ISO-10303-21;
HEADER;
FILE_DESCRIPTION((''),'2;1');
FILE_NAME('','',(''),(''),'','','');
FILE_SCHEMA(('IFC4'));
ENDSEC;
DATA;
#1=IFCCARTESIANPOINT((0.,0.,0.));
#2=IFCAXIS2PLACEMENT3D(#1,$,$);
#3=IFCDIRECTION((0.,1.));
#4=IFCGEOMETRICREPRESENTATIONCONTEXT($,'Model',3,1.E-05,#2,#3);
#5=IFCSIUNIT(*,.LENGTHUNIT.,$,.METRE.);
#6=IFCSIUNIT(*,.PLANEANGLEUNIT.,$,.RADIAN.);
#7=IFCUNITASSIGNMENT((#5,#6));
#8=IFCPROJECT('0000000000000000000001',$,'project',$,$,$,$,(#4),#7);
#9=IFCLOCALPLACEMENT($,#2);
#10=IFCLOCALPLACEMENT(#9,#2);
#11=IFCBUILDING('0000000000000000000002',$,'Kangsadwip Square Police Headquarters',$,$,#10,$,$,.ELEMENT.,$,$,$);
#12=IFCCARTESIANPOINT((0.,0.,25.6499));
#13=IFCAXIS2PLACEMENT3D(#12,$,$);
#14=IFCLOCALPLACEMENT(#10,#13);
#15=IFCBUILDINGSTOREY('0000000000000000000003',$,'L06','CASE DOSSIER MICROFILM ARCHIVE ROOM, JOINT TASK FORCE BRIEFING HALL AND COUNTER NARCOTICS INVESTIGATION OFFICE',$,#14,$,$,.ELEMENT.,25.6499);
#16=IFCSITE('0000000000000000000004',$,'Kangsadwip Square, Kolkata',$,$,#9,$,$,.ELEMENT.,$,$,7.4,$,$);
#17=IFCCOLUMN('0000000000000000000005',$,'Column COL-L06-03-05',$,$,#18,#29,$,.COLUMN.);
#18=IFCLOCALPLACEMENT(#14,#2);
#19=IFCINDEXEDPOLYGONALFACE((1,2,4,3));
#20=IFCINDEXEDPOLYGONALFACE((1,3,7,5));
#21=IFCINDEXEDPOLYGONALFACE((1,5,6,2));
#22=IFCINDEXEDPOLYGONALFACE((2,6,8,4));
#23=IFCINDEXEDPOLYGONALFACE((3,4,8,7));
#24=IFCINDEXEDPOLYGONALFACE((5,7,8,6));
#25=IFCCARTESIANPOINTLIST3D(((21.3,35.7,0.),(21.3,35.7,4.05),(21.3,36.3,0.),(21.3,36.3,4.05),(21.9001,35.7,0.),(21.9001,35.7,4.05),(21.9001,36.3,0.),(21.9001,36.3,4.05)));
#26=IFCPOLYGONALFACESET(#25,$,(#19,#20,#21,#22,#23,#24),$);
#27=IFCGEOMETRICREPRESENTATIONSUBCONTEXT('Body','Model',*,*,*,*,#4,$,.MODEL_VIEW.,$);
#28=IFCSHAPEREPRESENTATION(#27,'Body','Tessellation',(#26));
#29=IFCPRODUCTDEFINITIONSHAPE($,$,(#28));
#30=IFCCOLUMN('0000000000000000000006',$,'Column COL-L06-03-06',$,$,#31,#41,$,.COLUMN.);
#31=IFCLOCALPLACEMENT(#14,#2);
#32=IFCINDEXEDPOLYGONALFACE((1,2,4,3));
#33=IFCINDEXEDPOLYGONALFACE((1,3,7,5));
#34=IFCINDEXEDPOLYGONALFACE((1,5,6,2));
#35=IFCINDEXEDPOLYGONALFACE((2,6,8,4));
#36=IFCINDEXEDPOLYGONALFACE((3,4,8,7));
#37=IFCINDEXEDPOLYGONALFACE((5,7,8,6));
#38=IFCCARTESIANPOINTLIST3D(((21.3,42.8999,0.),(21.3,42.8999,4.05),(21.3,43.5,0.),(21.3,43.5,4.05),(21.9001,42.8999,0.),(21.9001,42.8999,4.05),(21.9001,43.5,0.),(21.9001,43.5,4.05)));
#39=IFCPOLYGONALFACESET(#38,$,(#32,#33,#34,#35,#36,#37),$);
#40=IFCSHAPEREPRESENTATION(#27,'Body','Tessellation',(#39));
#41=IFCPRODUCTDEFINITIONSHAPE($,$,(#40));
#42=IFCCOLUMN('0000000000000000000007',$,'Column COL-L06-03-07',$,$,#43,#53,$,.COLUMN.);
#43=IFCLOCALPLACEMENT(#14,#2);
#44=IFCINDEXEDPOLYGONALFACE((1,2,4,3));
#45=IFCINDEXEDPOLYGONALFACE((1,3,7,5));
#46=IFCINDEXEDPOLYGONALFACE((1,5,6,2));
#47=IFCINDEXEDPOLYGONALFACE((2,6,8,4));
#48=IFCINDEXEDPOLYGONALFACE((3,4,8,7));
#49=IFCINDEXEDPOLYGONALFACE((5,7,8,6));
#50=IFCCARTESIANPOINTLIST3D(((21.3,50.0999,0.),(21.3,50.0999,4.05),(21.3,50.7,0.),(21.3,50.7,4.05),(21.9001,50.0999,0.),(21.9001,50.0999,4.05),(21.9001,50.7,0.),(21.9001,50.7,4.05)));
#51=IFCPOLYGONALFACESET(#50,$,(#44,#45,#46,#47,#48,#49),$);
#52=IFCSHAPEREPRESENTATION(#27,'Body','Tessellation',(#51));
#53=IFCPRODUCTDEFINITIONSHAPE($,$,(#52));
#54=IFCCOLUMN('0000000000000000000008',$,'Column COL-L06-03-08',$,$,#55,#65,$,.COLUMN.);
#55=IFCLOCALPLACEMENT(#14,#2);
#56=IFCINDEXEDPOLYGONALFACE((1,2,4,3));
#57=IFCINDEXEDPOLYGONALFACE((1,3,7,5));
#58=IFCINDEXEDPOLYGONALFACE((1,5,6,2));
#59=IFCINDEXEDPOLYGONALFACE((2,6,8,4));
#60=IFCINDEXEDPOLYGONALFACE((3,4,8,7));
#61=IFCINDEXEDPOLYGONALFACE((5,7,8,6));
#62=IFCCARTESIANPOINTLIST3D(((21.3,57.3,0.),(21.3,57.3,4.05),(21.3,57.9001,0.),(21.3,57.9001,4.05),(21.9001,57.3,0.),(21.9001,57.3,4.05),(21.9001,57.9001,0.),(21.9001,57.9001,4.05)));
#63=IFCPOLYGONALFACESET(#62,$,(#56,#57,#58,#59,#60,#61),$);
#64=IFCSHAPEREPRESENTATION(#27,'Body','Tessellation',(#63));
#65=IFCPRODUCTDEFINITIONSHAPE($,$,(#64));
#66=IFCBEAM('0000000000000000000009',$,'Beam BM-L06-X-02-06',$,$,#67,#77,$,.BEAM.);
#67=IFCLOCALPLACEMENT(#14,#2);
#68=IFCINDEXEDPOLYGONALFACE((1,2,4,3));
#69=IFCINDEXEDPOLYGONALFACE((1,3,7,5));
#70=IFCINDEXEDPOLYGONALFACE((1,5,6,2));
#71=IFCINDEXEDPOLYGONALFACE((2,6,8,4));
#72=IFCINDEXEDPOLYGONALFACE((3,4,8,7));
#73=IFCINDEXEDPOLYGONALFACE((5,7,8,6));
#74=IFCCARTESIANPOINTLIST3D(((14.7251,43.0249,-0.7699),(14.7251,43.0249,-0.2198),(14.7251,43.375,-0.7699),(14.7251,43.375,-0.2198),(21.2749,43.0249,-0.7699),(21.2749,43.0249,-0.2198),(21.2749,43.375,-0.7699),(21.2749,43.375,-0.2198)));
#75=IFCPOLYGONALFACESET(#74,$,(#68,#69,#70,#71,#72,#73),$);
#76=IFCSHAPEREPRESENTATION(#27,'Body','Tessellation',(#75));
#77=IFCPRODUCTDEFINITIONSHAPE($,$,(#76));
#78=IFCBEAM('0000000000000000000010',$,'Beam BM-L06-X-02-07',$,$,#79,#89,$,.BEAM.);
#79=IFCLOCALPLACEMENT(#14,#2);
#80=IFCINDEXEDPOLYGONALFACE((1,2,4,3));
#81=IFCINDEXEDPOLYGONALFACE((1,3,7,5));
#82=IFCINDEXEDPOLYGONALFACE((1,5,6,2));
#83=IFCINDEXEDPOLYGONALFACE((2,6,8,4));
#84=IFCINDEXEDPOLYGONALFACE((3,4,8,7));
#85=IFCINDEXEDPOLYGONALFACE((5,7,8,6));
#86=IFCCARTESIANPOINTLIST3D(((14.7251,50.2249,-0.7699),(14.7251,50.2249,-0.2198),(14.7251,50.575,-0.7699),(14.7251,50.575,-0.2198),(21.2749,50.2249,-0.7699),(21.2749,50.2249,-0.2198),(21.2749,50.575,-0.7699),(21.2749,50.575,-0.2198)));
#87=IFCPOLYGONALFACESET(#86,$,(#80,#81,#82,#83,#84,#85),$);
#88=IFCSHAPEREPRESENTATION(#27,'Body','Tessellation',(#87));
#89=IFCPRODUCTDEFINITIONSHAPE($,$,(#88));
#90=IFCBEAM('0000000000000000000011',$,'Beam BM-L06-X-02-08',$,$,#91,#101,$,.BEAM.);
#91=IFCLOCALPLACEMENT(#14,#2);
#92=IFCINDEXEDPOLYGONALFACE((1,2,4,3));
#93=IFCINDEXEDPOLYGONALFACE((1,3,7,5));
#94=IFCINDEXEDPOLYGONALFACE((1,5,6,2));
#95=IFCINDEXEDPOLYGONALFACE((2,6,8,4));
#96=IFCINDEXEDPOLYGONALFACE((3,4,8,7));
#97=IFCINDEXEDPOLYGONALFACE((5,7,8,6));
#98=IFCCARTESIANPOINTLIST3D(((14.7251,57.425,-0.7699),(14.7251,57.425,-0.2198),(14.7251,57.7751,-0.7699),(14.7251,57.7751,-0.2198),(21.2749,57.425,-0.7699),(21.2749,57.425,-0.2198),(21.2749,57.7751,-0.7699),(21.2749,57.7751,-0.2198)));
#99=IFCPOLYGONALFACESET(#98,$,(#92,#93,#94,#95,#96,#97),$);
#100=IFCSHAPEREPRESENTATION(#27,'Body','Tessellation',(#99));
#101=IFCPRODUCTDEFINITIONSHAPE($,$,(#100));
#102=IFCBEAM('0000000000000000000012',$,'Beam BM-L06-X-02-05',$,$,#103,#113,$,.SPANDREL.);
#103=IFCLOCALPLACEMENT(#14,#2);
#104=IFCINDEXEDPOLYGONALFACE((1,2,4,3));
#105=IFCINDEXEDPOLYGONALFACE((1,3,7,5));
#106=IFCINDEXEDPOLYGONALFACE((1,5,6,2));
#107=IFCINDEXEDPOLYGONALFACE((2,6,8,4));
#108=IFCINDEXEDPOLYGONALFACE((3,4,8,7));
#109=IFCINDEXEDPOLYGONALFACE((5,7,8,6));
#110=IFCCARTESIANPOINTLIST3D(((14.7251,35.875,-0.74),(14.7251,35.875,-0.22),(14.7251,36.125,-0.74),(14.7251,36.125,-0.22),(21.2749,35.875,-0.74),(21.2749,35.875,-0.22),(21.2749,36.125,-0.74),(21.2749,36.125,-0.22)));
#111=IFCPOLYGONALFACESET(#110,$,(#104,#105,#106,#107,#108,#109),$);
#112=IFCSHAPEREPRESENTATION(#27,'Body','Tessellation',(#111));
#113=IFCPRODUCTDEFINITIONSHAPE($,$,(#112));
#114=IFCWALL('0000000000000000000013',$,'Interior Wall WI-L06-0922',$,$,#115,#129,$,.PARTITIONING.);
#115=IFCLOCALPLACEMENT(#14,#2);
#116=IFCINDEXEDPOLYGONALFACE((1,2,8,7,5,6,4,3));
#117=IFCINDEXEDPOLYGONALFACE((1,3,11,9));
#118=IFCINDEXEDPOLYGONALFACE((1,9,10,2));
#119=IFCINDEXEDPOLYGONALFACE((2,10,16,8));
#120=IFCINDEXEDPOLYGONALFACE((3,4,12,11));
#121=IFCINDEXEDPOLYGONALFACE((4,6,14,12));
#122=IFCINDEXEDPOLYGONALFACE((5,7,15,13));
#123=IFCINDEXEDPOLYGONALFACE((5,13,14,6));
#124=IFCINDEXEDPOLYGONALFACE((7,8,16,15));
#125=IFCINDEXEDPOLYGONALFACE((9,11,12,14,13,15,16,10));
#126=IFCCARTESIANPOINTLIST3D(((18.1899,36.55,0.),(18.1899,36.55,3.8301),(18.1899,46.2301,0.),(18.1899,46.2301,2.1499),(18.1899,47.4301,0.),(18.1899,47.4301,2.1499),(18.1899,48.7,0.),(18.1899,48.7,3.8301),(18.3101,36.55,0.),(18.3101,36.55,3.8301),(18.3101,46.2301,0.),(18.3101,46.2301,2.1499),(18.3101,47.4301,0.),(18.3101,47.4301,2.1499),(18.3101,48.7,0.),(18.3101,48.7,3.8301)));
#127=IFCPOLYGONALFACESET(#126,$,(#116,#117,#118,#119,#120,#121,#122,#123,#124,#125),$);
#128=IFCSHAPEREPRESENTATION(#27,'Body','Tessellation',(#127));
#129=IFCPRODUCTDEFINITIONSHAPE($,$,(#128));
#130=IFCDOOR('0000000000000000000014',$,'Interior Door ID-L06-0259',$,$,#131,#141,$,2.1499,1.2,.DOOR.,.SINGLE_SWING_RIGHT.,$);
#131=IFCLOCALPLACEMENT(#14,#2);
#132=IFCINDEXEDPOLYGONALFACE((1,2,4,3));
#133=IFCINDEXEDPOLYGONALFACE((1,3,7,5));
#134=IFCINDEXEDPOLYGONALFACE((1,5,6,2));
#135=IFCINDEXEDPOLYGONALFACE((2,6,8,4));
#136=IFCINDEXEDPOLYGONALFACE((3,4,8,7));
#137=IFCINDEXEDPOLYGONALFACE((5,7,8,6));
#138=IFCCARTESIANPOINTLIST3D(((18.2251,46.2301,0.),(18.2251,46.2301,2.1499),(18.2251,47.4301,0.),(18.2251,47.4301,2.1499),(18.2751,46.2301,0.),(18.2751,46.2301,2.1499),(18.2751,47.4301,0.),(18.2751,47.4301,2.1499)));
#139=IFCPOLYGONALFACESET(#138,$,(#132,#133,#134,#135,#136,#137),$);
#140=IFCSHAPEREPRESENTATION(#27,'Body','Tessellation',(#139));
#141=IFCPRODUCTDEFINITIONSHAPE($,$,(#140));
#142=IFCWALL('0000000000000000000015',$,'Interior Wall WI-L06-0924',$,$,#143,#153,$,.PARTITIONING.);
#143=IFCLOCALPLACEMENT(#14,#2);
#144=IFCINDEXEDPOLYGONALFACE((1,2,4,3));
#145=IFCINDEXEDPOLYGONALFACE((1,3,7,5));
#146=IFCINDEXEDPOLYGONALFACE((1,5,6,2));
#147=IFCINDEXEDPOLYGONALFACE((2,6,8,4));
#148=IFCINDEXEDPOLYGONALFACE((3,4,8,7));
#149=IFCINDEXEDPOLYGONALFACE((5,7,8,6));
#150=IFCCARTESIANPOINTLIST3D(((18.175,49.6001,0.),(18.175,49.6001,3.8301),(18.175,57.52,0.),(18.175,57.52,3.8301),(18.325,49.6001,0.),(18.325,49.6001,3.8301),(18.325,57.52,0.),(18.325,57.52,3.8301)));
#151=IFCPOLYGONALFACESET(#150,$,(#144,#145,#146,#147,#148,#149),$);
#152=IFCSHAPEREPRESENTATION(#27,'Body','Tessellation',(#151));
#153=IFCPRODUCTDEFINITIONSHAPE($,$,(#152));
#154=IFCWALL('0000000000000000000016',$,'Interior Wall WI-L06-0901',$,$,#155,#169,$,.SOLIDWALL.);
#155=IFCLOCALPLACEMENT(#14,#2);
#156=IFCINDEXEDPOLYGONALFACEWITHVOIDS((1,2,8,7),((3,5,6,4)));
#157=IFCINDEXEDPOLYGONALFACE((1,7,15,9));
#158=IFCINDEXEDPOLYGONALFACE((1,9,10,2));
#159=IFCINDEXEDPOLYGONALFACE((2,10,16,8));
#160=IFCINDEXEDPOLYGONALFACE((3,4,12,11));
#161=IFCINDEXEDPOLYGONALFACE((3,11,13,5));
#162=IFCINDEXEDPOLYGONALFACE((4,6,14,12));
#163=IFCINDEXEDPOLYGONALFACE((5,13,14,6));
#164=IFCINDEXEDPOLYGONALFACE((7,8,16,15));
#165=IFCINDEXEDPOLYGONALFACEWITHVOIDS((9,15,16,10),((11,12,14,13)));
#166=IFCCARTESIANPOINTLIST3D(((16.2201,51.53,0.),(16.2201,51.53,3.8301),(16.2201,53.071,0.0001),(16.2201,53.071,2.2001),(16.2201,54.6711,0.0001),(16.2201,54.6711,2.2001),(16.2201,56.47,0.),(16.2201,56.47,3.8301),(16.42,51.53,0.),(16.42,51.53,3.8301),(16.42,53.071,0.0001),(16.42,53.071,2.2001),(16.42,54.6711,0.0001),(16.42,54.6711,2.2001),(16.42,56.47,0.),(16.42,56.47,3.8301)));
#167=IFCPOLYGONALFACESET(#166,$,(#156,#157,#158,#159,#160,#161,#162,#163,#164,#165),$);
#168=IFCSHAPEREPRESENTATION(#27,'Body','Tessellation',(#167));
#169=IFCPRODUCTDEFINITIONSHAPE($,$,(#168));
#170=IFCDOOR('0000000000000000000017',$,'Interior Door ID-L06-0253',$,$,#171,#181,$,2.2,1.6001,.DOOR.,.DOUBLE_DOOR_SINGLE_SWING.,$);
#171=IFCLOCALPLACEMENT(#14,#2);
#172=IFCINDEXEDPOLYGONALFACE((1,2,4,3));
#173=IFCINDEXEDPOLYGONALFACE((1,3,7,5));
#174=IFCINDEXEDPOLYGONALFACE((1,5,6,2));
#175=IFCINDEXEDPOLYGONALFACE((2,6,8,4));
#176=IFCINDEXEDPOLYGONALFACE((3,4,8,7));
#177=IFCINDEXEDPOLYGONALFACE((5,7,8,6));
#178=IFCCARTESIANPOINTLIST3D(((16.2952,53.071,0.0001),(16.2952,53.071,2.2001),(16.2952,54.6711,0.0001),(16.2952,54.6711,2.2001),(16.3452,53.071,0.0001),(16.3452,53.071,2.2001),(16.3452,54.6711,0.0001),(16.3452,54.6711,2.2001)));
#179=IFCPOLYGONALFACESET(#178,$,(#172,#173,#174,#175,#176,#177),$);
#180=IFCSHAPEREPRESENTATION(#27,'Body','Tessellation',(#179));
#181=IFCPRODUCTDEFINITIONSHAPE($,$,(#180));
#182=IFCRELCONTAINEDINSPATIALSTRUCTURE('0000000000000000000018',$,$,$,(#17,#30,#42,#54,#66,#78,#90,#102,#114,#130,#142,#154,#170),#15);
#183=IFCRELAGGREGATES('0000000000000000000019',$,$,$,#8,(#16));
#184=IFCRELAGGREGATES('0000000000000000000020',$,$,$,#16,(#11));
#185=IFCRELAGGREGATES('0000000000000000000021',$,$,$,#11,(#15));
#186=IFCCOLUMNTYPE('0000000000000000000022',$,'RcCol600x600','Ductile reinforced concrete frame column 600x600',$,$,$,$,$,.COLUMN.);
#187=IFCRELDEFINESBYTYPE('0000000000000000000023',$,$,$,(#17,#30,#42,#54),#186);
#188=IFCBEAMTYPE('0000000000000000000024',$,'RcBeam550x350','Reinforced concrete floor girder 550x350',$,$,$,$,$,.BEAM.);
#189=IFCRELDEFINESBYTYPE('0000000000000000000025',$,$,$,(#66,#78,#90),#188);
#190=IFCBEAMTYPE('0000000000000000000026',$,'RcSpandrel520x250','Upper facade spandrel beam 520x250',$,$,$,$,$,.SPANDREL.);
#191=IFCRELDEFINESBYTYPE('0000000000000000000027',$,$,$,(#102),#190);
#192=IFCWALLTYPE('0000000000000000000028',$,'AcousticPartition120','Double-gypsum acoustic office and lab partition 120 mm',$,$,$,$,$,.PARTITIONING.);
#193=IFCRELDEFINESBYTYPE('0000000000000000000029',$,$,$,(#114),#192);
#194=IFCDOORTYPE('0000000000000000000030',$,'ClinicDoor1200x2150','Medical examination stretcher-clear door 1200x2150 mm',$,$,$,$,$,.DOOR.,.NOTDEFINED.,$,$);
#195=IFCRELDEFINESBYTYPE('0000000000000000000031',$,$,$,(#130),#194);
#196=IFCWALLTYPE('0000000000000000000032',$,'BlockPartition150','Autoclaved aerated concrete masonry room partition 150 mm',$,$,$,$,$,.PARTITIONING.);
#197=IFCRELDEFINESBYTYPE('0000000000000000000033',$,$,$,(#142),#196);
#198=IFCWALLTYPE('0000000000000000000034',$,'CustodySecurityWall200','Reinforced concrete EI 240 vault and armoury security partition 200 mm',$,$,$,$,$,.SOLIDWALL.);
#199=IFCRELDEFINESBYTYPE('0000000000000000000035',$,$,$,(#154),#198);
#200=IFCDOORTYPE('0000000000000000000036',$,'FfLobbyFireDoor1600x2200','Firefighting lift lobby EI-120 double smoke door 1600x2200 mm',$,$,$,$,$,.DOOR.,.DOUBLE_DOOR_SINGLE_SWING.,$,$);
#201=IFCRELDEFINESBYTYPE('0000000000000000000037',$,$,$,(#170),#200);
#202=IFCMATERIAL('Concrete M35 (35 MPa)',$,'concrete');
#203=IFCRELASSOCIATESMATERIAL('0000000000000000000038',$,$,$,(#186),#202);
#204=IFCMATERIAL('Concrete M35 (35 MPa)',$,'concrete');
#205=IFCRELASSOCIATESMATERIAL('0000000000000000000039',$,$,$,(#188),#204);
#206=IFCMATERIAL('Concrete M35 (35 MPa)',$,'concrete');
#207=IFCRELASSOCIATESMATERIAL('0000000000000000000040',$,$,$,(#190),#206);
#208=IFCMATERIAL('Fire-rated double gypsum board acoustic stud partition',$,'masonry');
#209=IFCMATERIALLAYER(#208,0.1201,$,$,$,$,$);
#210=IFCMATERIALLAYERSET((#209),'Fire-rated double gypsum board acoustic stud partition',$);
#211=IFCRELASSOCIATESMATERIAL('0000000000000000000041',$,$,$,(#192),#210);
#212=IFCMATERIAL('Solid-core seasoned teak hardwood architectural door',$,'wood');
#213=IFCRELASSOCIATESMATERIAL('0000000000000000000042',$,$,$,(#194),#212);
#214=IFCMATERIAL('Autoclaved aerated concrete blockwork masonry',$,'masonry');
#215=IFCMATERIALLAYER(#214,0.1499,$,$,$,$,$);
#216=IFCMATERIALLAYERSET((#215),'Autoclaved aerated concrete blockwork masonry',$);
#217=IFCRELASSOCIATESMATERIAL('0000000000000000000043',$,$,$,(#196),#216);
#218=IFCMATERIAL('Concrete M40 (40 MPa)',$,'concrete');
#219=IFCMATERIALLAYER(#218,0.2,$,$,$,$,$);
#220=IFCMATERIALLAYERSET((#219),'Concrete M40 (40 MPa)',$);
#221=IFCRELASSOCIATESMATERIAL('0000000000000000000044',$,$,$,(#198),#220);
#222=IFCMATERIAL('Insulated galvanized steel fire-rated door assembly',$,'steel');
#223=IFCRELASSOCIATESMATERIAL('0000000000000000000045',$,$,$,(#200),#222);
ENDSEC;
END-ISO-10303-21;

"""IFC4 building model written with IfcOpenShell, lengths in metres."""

from ifc_helpers import new_model, si_unit, direction, frame, frame_2d, origin, origin_2d, place, context, subcontext, project, spatial, rectangle, extrude, material, layer, layer_set, material_profile, profile_set, type_object, element, fill, save


model = new_model("IFC4")

# Units and contexts
model_context = context("Model", 3, precision=1e-05, world=origin(), true_north=direction((0.0, 1.0)))
body_context = subcontext(model_context, "Body", "Model", "MODEL_VIEW")
ifc_project = project(units=[si_unit("LENGTHUNIT", "METRE"), si_unit("PLANEANGLEUNIT", "RADIAN")], contexts=[model_context])

# Site, building, storey
site_placement = place(None, origin())
site = spatial("IfcSite", under=ifc_project, at=site_placement, Name="Kangsadwip Square, Kolkata", CompositionType="ELEMENT", RefElevation=7.4)
building_placement = place(site_placement, origin())
building = spatial("IfcBuilding", under=site, at=building_placement, Name="Kangsadwip Square Police Headquarters", CompositionType="ELEMENT")
storey_placement = place(building_placement, frame((0.0, 0.0, 25.6499)))
storey = spatial("IfcBuildingStorey", under=building, at=storey_placement, Name="L06", Description="CASE DOSSIER MICROFILM ARCHIVE ROOM, JOINT TASK FORCE BRIEFING HALL AND COUNTER NARCOTICS INVESTIGATION OFFICE", CompositionType="ELEMENT", Elevation=25.6499)

# Columns
ifc_material_1 = material(Name="Concrete M35 (35 MPa)", Category="concrete")
ifc_material_profile_1 = material_profile(ifc_material_1, rectangle(XDim=0.6001, YDim=0.6001, at=origin_2d()), Name="RC COL 600X600")
ifc_profile_set_1 = profile_set([ifc_material_profile_1], Name="Concrete M35 (35 MPa)")
column_type = type_object("IfcColumnType", Name="RcCol600x600", Description="Ductile reinforced concrete frame column 600x600", PredefinedType="COLUMN", material=ifc_profile_set_1)
for number, where, z_axis, x_axis, name in (
    (1, (21.6001, 36.0, 0.0), (0.0, 0.0, 1.0), (1.0, 0.0, 0.0), "Column COL-L06-03-05"),
    (2, (21.6001, 43.2, 0.0), (0.0, 0.0, 1.0), (1.0, 0.0, 0.0), "Column COL-L06-03-06"),
    (3, (21.6001, 50.3999, 0.0), (0.0, 0.0, 1.0), (1.0, 0.0, 0.0), "Column COL-L06-03-07"),
    (4, (21.6001, 57.6001, 0.0), (0.0, 0.0, 1.0), (1.0, 0.0, 0.0), "Column COL-L06-03-08"),
):
    element("IfcColumn", number, at=place(storey_placement, frame(where, z_axis=z_axis, x_axis=x_axis)), inside=storey, type_object=column_type, Name=name, PredefinedType="COLUMN", context=body_context, shape_type="SweptSolid", body=[
        extrude(rectangle(XDim=0.6001, YDim=0.6001, at=origin_2d()), origin(), (0.0, 0.0, 1.0), 4.05),
    ])

# Beams
ifc_material_2 = material(Name="Concrete M35 (35 MPa)", Category="concrete")
ifc_material_profile_2 = material_profile(ifc_material_2, rectangle(XDim=0.3501, YDim=0.55, at=origin_2d()), Name="RC BM 550X350")
ifc_profile_set_2 = profile_set([ifc_material_profile_2], Name="Concrete M35 (35 MPa)")
beam_type_1 = type_object("IfcBeamType", Name="RcBeam550x350", Description="Reinforced concrete floor girder 550x350", PredefinedType="BEAM", material=ifc_profile_set_2)
for number, where, z_axis, x_axis, name in (
    (5, (14.7251, 43.2, -0.4949), (1.0, 0.0, 0.0), (0.0, 1.0, 0.0), "Beam BM-L06-X-02-06"),
    (6, (14.7251, 50.3999, -0.4949), (1.0, 0.0, 0.0), (0.0, 1.0, 0.0), "Beam BM-L06-X-02-07"),
    (7, (14.7251, 57.6001, -0.4949), (1.0, 0.0, 0.0), (0.0, 1.0, 0.0), "Beam BM-L06-X-02-08"),
):
    element("IfcBeam", number, at=place(storey_placement, frame(where, z_axis=z_axis, x_axis=x_axis)), inside=storey, type_object=beam_type_1, Name=name, PredefinedType="BEAM", context=body_context, shape_type="SweptSolid", body=[
        extrude(rectangle(XDim=0.3501, YDim=0.55, at=origin_2d()), origin(), (0.0, 0.0, 1.0), 6.5498),
    ])
ifc_material_3 = material(Name="Concrete M35 (35 MPa)", Category="concrete")
ifc_material_profile_3 = material_profile(ifc_material_3, rectangle(XDim=0.25, YDim=0.52, at=origin_2d()), Name="RC SPN 520X250")
ifc_profile_set_3 = profile_set([ifc_material_profile_3], Name="Concrete M35 (35 MPa)")
beam_type_2 = type_object("IfcBeamType", Name="RcSpandrel520x250", Description="Upper facade spandrel beam 520x250", PredefinedType="SPANDREL", material=ifc_profile_set_3)
beam_placement = place(storey_placement, frame((14.7251, 36.0, -0.48), z_axis=(1.0, 0.0, 0.0), x_axis=(0.0, 1.0, 0.0)))
element("IfcBeam", 8, at=beam_placement, inside=storey, type_object=beam_type_2, Name="Beam BM-L06-X-02-05", PredefinedType="SPANDREL", context=body_context, shape_type="SweptSolid", body=[
    extrude(rectangle(XDim=0.25, YDim=0.52, at=origin_2d()), origin(), (0.0, 0.0, 1.0), 6.5498),
])

# Wall, opening, door
ifc_material_4 = material(Name="Fire-rated double gypsum board acoustic stud partition", Category="masonry")
ifc_layer_1 = layer(ifc_material_4, 0.1201)
ifc_layer_set_1 = layer_set([ifc_layer_1], Name="Fire-rated double gypsum board acoustic stud partition")
wall_type_1 = type_object("IfcWallType", Name="AcousticPartition120", Description="Double-gypsum acoustic office and lab partition 120 mm", PredefinedType="PARTITIONING", material=ifc_layer_set_1)
wall_1_placement = place(storey_placement, frame((18.25, 36.55, 0.0), z_axis=(0.0, 0.0, 1.0), x_axis=(0.0, 1.0, 0.0)))
wall_1 = element("IfcWall", 9, at=wall_1_placement, inside=storey, type_object=wall_type_1, Name="Interior Wall WI-L06-0922", PredefinedType="PARTITIONING", context=body_context, shape_type="SweptSolid", body=[
    extrude(rectangle(XDim=12.1499, YDim=0.1201, at=frame_2d((6.075, 0.0))), origin(), (0.0, 0.0, 1.0), 3.8301),
])
opening_1_placement = place(wall_1_placement, frame((9.6799, 0.0, 0.0)))
opening_1 = element("IfcOpeningElement", 10, at=opening_1_placement, cuts=wall_1, PredefinedType="OPENING", context=body_context, shape_type="SweptSolid", body=[
    extrude(rectangle(XDim=1.2, YDim=2.1499, at=frame_2d((0.6001, 1.075))), frame((0.0, 0.0701, 0.0), z_axis=(0.0, -1.0, 0.0), x_axis=(1.0, 0.0, 0.0)), (0.0, 0.0, 1.0), 0.1401),
])
ifc_material_5 = material(Name="Solid-core seasoned teak hardwood architectural door", Category="wood")
door_type_1 = type_object("IfcDoorType", Name="ClinicDoor1200x2150", Description="Medical examination stretcher-clear door 1200x2150 mm", OperationType="NOTDEFINED", PredefinedType="DOOR", material=ifc_material_5)
door_1_placement = place(opening_1_placement, origin())
door_1 = element("IfcDoor", 11, at=door_1_placement, inside=storey, type_object=door_type_1, Name="Interior Door ID-L06-0259", OperationType="SINGLE_SWING_RIGHT", OverallHeight=2.1499, OverallWidth=1.2, PredefinedType="DOOR", context=body_context, shape_type="SweptSolid", body=[
    extrude(rectangle(XDim=1.2, YDim=2.1499, at=frame_2d((0.6001, 1.075))), frame((0.0, 0.0249, 0.0), z_axis=(0.0, -1.0, 0.0), x_axis=(1.0, 0.0, 0.0)), (0.0, 0.0, 1.0), 0.05),
])
fill(opening_1, door_1)

# Wall
ifc_material_6 = material(Name="Autoclaved aerated concrete blockwork masonry", Category="masonry")
ifc_layer_2 = layer(ifc_material_6, 0.1499)
ifc_layer_set_2 = layer_set([ifc_layer_2], Name="Autoclaved aerated concrete blockwork masonry")
wall_type_2 = type_object("IfcWallType", Name="BlockPartition150", Description="Autoclaved aerated concrete masonry room partition 150 mm", PredefinedType="PARTITIONING", material=ifc_layer_set_2)
wall_2_placement = place(storey_placement, frame((18.25, 49.6001, 0.0), z_axis=(0.0, 0.0, 1.0), x_axis=(0.0, 1.0, 0.0)))
element("IfcWall", 12, at=wall_2_placement, inside=storey, type_object=wall_type_2, Name="Interior Wall WI-L06-0924", PredefinedType="PARTITIONING", context=body_context, shape_type="SweptSolid", body=[
    extrude(rectangle(XDim=7.9199, YDim=0.1499, at=frame_2d((3.96, 0.0))), origin(), (0.0, 0.0, 1.0), 3.8301),
])

# Wall, opening, door
ifc_material_7 = material(Name="Concrete M40 (40 MPa)", Category="concrete")
ifc_layer_3 = layer(ifc_material_7, 0.2)
ifc_layer_set_3 = layer_set([ifc_layer_3], Name="Concrete M40 (40 MPa)")
wall_type_3 = type_object("IfcWallType", Name="CustodySecurityWall200", Description="Reinforced concrete EI 240 vault and armoury security partition 200 mm", PredefinedType="SOLIDWALL", material=ifc_layer_set_3)
wall_3_placement = place(storey_placement, frame((16.3201, 51.53, 0.0), z_axis=(0.0, 0.0, 1.0), x_axis=(0.0, 1.0, 0.0)))
wall_3 = element("IfcWall", 13, at=wall_3_placement, inside=storey, type_object=wall_type_3, Name="Interior Wall WI-L06-0901", PredefinedType="SOLIDWALL", context=body_context, shape_type="SweptSolid", body=[
    extrude(rectangle(XDim=4.9399, YDim=0.2, at=frame_2d((2.47, 0.0))), origin(), (0.0, 0.0, 1.0), 3.8301),
])
opening_2_placement = place(wall_3_placement, frame((1.541, 0.0, 0.0)))
opening_2 = element("IfcOpeningElement", 14, at=opening_2_placement, cuts=wall_3, PredefinedType="OPENING", context=body_context, shape_type="SweptSolid", body=[
    extrude(rectangle(XDim=1.6001, YDim=2.2, at=frame_2d((0.8, 1.1001))), frame((0.0, 0.1099, 0.0), z_axis=(0.0, -1.0, 0.0), x_axis=(1.0, 0.0, 0.0)), (0.0, 0.0, 1.0), 0.22),
])
ifc_material_8 = material(Name="Insulated galvanized steel fire-rated door assembly", Category="steel")
door_type_2 = type_object("IfcDoorType", Name="FfLobbyFireDoor1600x2200", Description="Firefighting lift lobby EI-120 double smoke door 1600x2200 mm", OperationType="DOUBLE_DOOR_SINGLE_SWING", PredefinedType="DOOR", material=ifc_material_8)
door_2_placement = place(opening_2_placement, origin())
door_2 = element("IfcDoor", 15, at=door_2_placement, inside=storey, type_object=door_type_2, Name="Interior Door ID-L06-0253", OperationType="DOUBLE_DOOR_SINGLE_SWING", OverallHeight=2.2, OverallWidth=1.6001, PredefinedType="DOOR", context=body_context, shape_type="SweptSolid", body=[
    extrude(rectangle(XDim=1.6001, YDim=2.2, at=frame_2d((0.8, 1.1001))), frame((0.0, 0.0249, 0.0), z_axis=(0.0, -1.0, 0.0), x_axis=(1.0, 0.0, 0.0)), (0.0, 0.0, 1.0), 0.05),
])
fill(opening_2, door_2)

save(model, "model.ifc")
